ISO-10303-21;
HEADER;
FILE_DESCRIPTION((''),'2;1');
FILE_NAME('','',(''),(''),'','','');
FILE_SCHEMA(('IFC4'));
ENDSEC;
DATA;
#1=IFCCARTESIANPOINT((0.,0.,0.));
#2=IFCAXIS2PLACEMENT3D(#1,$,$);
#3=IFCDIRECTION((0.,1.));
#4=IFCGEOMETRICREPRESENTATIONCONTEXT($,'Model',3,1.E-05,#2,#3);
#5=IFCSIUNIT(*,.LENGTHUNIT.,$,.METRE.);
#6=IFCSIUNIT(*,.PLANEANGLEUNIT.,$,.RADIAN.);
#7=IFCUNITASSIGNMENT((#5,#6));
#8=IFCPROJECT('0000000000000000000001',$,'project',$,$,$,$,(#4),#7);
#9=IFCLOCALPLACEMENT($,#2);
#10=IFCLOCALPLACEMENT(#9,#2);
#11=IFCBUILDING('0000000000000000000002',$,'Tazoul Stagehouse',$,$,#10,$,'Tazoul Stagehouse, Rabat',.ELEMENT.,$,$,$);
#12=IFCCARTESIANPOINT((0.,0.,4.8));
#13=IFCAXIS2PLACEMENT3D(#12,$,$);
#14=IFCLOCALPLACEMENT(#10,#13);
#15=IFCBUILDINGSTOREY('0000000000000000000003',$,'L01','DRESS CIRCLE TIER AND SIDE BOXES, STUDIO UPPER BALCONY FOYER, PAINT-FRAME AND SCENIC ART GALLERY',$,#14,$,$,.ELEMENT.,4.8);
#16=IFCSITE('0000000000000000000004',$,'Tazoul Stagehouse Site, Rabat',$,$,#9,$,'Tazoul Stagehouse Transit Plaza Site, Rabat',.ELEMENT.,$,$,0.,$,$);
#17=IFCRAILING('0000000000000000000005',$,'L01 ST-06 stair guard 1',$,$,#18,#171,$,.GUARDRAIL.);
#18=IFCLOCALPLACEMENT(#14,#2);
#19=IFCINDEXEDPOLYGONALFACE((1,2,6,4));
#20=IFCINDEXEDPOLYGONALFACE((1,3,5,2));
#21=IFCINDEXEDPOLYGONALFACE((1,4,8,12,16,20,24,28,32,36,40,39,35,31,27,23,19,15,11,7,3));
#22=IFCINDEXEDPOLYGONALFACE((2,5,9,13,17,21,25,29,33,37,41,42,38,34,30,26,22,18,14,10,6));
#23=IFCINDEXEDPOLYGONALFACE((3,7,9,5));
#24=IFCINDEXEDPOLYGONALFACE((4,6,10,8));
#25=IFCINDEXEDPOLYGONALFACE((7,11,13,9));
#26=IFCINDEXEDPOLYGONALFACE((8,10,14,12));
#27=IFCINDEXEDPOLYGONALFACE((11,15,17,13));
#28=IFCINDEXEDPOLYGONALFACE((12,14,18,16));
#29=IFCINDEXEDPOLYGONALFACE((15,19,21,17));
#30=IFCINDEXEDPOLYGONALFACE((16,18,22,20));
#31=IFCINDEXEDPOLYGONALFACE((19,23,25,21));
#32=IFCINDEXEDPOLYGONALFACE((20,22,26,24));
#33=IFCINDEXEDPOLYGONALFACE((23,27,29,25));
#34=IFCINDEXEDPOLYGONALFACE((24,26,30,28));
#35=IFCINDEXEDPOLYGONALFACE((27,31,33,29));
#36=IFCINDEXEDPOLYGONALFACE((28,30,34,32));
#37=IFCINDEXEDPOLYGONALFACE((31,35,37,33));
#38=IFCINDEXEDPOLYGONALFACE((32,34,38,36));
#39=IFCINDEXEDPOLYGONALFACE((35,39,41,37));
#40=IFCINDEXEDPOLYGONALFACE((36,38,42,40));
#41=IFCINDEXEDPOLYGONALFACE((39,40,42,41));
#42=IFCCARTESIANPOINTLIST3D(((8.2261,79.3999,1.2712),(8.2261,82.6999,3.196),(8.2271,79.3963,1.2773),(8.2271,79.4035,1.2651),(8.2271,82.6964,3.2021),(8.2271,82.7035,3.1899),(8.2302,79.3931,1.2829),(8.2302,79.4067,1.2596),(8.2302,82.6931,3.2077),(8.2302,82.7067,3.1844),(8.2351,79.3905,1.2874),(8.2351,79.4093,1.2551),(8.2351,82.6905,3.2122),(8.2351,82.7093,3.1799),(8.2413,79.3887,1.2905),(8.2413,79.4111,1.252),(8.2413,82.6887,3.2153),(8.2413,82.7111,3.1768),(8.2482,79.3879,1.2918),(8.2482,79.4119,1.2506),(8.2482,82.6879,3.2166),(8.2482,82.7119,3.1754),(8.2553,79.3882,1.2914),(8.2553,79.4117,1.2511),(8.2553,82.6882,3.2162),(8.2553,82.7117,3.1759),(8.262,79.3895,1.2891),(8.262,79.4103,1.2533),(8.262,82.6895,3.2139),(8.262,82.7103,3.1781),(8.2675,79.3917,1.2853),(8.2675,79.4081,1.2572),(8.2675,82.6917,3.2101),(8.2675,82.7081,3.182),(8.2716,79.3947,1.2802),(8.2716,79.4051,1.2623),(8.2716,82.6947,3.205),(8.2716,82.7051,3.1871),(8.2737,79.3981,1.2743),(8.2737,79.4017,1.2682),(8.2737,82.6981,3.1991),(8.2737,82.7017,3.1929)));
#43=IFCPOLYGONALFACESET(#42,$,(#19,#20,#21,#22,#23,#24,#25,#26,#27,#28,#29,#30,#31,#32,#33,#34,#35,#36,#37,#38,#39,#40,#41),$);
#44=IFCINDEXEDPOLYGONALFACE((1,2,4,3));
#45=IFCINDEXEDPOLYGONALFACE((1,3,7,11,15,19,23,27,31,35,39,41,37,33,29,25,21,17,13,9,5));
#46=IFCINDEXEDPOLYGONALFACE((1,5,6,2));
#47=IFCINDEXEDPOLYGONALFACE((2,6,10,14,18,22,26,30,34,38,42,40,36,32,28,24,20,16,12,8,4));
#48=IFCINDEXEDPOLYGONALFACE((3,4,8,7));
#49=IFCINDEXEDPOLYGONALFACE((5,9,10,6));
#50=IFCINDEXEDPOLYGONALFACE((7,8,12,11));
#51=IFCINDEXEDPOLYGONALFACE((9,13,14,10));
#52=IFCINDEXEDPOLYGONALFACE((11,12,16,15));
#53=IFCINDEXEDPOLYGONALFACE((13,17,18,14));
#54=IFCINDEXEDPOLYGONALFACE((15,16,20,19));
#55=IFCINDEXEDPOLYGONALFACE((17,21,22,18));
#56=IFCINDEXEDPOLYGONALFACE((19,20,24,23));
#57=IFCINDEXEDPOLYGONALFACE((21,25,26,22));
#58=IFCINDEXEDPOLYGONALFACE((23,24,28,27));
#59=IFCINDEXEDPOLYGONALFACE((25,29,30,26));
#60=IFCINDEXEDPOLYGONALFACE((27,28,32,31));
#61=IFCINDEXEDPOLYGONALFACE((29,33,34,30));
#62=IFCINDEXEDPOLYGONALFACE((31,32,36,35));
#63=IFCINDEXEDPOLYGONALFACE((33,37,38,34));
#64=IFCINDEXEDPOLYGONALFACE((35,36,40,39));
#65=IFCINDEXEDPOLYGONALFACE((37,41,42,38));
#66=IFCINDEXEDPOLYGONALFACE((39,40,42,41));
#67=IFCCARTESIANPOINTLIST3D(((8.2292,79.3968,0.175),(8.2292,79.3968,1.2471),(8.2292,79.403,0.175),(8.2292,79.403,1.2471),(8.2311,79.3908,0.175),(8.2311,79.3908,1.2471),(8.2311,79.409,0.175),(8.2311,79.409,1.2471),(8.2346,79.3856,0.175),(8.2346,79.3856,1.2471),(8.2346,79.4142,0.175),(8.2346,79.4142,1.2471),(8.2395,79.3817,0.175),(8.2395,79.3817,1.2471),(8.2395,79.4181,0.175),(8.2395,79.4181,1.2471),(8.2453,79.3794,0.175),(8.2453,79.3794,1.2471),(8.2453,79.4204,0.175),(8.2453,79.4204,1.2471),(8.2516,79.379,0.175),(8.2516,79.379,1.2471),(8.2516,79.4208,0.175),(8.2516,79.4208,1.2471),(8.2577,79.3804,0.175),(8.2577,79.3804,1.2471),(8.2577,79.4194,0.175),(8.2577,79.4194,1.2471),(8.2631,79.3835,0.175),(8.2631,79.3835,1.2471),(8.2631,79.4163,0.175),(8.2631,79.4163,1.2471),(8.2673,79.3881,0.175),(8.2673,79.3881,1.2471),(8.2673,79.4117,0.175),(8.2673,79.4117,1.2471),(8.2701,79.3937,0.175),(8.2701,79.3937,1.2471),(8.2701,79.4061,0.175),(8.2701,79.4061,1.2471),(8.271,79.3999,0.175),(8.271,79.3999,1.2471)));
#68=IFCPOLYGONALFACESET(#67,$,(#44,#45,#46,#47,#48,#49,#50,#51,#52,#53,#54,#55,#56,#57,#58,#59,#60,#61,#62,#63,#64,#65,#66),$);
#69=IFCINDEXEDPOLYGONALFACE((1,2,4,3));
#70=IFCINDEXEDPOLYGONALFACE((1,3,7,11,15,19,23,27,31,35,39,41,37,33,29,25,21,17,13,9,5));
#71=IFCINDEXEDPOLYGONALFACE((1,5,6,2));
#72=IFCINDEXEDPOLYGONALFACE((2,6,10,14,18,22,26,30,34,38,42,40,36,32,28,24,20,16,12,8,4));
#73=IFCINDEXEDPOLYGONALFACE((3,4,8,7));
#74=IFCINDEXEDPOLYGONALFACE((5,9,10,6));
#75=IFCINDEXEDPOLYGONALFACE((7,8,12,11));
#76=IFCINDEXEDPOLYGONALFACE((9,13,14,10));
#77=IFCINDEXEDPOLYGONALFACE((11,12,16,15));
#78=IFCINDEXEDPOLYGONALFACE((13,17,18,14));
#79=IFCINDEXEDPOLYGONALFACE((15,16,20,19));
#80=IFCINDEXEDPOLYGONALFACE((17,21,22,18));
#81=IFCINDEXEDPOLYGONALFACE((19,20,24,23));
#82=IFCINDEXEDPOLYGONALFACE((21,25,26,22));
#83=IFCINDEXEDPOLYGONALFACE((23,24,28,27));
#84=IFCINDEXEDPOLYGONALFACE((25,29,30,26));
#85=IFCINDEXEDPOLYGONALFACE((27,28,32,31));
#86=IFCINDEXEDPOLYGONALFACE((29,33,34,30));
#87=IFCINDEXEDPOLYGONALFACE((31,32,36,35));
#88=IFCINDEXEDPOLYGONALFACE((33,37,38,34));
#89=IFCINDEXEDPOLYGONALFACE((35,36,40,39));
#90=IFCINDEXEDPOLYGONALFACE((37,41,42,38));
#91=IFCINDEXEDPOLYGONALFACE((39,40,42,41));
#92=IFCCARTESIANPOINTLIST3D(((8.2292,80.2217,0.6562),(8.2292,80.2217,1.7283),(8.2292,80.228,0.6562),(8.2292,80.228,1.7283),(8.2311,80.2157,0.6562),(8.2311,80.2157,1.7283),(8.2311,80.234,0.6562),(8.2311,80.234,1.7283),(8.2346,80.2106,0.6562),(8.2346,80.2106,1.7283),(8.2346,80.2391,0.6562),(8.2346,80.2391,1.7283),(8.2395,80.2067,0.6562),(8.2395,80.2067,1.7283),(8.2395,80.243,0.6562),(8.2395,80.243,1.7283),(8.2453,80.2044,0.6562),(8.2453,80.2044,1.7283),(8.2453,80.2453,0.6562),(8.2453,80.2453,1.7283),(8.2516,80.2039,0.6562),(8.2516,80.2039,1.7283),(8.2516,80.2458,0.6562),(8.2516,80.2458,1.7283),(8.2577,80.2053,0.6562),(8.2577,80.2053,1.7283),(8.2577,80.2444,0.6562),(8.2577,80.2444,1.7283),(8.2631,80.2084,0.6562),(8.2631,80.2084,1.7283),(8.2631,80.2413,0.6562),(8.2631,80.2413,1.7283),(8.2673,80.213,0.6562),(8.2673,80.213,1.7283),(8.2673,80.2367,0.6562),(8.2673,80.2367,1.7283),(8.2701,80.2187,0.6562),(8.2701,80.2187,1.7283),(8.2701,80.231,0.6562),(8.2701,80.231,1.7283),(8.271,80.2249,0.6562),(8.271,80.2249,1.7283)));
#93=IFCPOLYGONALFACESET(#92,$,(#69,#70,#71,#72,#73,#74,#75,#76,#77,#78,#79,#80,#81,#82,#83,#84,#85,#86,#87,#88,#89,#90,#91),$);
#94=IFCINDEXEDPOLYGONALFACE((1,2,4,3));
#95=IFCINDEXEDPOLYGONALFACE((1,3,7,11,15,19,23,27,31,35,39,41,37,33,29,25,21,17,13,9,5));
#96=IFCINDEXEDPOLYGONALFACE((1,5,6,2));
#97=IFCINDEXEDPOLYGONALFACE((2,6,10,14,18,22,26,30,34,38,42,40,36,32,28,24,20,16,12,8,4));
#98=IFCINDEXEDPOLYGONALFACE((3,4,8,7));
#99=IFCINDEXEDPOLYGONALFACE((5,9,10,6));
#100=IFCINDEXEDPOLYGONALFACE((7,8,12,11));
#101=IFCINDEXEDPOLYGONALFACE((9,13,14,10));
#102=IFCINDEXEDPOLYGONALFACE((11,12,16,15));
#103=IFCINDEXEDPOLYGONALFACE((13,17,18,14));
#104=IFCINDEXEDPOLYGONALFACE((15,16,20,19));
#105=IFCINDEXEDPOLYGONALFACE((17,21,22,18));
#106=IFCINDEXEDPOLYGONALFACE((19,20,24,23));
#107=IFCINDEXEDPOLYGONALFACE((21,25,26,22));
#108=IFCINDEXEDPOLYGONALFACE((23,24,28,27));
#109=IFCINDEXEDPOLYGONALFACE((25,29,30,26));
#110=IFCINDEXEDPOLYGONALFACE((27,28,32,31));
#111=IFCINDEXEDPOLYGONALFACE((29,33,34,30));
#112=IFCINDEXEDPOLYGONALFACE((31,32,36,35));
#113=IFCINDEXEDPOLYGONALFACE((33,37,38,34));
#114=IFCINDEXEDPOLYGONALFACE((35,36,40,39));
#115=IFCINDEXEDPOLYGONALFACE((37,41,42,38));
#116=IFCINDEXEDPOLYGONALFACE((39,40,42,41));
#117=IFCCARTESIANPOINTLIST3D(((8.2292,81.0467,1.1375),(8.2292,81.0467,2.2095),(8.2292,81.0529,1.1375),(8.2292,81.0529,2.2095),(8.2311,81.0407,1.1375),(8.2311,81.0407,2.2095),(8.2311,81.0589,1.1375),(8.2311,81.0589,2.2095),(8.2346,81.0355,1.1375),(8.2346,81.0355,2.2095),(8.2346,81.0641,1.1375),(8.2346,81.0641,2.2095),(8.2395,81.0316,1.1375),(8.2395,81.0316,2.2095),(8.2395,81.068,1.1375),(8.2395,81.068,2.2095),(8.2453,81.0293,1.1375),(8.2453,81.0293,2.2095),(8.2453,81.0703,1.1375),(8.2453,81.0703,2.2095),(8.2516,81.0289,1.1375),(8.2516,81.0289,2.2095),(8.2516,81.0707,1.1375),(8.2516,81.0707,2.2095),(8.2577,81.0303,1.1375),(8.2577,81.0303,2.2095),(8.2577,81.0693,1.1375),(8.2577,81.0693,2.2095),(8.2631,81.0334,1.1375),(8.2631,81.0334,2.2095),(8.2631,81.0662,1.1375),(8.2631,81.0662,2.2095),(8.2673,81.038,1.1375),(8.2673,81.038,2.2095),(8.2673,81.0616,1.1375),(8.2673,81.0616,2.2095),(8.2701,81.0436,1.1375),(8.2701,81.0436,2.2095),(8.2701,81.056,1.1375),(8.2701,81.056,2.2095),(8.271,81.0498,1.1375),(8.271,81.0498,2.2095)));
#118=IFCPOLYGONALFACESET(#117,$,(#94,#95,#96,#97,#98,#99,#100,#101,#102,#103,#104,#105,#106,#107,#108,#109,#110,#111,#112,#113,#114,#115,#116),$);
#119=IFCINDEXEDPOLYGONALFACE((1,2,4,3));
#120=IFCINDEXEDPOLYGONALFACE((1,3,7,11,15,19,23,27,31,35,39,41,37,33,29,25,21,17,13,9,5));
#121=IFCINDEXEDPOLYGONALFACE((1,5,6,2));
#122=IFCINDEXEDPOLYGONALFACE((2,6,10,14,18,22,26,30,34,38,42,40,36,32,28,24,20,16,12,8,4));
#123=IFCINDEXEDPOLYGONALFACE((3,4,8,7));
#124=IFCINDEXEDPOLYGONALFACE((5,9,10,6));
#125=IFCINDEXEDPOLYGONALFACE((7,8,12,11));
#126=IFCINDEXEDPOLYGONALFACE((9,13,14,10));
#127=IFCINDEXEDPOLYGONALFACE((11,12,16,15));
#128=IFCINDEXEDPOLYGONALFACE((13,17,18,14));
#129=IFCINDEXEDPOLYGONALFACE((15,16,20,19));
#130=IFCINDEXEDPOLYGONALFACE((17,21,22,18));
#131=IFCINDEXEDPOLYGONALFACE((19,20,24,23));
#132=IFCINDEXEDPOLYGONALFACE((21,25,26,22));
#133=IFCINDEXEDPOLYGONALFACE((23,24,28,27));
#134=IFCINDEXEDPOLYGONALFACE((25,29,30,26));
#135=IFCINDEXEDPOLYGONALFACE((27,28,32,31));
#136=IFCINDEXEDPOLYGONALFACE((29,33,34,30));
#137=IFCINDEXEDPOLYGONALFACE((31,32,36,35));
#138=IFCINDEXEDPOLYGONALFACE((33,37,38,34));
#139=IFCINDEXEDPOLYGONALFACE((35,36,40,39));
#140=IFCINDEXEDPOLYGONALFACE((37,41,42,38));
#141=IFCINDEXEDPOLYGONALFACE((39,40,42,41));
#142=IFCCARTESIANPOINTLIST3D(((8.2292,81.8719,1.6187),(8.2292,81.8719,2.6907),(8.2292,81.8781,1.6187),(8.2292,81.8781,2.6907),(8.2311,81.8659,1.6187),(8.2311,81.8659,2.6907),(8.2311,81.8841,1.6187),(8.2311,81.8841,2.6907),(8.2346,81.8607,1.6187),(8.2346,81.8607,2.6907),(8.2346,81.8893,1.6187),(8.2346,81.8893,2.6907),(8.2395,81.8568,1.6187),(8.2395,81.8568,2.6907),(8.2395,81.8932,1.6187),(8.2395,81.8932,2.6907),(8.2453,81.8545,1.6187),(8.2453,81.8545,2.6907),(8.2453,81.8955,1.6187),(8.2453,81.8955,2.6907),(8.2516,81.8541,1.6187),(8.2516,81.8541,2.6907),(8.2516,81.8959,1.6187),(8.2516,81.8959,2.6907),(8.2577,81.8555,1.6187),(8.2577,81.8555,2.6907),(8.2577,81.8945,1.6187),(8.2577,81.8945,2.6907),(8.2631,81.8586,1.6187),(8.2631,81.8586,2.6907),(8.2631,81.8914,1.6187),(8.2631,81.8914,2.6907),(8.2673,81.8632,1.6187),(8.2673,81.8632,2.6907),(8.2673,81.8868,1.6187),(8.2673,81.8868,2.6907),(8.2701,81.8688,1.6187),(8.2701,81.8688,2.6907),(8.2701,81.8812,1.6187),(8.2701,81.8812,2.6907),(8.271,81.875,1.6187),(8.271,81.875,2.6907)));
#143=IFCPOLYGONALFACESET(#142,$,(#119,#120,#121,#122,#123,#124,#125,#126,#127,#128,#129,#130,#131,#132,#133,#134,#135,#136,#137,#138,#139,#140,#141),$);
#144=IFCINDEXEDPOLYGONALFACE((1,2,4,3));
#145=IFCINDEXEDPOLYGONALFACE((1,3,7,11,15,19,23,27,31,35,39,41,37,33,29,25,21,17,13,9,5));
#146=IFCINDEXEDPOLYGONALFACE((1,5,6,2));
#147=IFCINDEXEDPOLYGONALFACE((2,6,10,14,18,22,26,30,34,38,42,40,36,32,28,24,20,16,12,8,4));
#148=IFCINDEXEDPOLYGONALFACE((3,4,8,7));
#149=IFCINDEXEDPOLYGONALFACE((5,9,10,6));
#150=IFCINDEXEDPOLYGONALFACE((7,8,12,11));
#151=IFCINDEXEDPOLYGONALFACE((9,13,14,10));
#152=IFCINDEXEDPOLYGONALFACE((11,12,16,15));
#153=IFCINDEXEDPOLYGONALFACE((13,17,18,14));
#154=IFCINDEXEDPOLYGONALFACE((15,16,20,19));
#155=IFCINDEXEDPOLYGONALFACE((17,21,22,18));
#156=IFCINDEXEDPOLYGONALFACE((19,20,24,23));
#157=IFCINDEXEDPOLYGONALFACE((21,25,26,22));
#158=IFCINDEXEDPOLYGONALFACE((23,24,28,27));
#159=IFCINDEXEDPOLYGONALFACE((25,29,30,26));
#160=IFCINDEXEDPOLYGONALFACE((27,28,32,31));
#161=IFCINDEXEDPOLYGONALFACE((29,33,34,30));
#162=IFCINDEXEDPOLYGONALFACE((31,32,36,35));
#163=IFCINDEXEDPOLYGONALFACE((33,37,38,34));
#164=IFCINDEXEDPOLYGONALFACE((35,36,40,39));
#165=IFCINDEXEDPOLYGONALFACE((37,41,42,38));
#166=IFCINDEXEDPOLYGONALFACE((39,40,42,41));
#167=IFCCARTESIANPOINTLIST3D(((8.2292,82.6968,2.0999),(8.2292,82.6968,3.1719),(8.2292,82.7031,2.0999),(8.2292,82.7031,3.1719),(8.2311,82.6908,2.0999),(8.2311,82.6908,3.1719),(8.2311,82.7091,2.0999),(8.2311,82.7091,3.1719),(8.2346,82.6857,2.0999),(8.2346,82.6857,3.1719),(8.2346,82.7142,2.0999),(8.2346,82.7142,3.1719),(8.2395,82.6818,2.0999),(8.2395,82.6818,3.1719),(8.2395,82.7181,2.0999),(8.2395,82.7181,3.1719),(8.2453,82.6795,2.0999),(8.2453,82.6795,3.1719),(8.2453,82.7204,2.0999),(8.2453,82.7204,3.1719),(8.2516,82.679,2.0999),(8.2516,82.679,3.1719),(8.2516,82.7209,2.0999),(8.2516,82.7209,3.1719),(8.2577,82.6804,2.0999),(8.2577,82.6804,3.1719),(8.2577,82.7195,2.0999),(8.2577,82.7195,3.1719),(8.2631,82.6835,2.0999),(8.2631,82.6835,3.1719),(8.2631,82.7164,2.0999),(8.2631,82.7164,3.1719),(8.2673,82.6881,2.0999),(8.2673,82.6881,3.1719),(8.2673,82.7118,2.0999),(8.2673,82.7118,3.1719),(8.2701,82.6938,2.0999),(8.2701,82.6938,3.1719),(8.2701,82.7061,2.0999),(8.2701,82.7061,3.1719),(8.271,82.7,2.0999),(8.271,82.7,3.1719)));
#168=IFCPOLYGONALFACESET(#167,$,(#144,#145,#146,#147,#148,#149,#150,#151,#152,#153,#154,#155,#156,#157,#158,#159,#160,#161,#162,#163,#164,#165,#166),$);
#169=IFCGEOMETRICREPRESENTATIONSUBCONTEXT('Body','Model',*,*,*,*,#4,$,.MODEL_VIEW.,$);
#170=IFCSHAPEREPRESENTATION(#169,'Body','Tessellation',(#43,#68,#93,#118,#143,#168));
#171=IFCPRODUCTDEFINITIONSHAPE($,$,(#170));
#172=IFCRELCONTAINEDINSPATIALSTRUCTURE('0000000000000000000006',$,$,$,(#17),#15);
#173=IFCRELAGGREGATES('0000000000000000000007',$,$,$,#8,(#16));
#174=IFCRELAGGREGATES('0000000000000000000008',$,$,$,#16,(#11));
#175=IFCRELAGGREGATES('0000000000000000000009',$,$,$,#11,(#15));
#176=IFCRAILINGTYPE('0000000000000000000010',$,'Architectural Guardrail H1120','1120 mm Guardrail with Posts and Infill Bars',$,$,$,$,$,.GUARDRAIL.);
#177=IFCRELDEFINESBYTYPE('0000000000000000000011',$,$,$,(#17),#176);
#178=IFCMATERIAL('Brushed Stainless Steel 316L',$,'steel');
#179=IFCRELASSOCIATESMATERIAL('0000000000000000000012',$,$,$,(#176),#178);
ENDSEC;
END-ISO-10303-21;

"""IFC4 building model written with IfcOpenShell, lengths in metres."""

from ifc_helpers import new_model, si_unit, direction, frame, origin, origin_2d, place, context, subcontext, project, spatial, circle, extrude, material, material_profile, profile_set, type_object, element, save


model = new_model("IFC4")

# Units and contexts
model_context = context("Model", 3, precision=1e-05, world=origin(), true_north=direction((0.0, 1.0)))
body_context = subcontext(model_context, "Body", "Model", "MODEL_VIEW")
ifc_project = project(units=[si_unit("LENGTHUNIT", "METRE"), si_unit("PLANEANGLEUNIT", "RADIAN")], contexts=[model_context])

# Site, building, storey
site_placement = place(None, origin())
site = spatial("IfcSite", under=ifc_project, at=site_placement, Name="Tazoul Stagehouse Site, Rabat", LongName="Tazoul Stagehouse Transit Plaza Site, Rabat", CompositionType="ELEMENT", RefElevation=0.0)
building_placement = place(site_placement, origin())
building = spatial("IfcBuilding", under=site, at=building_placement, Name="Tazoul Stagehouse", LongName="Tazoul Stagehouse, Rabat", CompositionType="ELEMENT")
storey_placement = place(building_placement, frame((0.0, 0.0, 4.8)))
storey = spatial("IfcBuildingStorey", under=building, at=storey_placement, Name="L01", Description="DRESS CIRCLE TIER AND SIDE BOXES, STUDIO UPPER BALCONY FOYER, PAINT-FRAME AND SCENIC ART GALLERY", CompositionType="ELEMENT", Elevation=4.8)

# Railing
ifc_material_1 = material(Name="Brushed Stainless Steel 316L", Category="steel")
ifc_material_profile_1 = material_profile(ifc_material_1, circle(Radius=0.0239, at=origin_2d()), Name="SS RAIL D48")
ifc_profile_set_1 = profile_set([ifc_material_profile_1], Name="Brushed Stainless Steel 316L")
railing_type_1 = type_object("IfcRailingType", Name="Architectural Guardrail H1120", Description="1120 mm Guardrail with Posts and Infill Bars", PredefinedType="GUARDRAIL", material=ifc_profile_set_1)
railing_1_placement = place(storey_placement, frame((8.25, 79.3999, 0.175)))
element("IfcRailing", 1, at=railing_1_placement, inside=storey, type_object=railing_type_1, Name="L01 ST-06 stair guard 1", PredefinedType="GUARDRAIL", context=body_context, shape_type="SweptSolid", body=[
    extrude(circle(Radius=0.0239, at=origin_2d()), frame((0.0, 0.0, 1.0962), z_axis=(0.0, 0.863804, 0.503827), x_axis=(-1.0, 0.0, 0.0)), (0.0, 0.0, 1.0), 3.8203),
    extrude(circle(Radius=0.021, at=origin_2d()), origin(), (0.0, 0.0, 1.0), 1.072),
    extrude(circle(Radius=0.021, at=origin_2d()), frame((0.0, 0.825, 0.4812)), (0.0, 0.0, 1.0), 1.072),
    extrude(circle(Radius=0.021, at=origin_2d()), frame((0.0, 1.6499, 0.9624)), (0.0, 0.0, 1.0), 1.072),
    extrude(circle(Radius=0.021, at=origin_2d()), frame((0.0, 2.4751, 1.4436)), (0.0, 0.0, 1.0), 1.072),
    extrude(circle(Radius=0.021, at=origin_2d()), frame((0.0, 3.3, 1.9248)), (0.0, 0.0, 1.0), 1.072),
])

save(model, "model.ifc")
